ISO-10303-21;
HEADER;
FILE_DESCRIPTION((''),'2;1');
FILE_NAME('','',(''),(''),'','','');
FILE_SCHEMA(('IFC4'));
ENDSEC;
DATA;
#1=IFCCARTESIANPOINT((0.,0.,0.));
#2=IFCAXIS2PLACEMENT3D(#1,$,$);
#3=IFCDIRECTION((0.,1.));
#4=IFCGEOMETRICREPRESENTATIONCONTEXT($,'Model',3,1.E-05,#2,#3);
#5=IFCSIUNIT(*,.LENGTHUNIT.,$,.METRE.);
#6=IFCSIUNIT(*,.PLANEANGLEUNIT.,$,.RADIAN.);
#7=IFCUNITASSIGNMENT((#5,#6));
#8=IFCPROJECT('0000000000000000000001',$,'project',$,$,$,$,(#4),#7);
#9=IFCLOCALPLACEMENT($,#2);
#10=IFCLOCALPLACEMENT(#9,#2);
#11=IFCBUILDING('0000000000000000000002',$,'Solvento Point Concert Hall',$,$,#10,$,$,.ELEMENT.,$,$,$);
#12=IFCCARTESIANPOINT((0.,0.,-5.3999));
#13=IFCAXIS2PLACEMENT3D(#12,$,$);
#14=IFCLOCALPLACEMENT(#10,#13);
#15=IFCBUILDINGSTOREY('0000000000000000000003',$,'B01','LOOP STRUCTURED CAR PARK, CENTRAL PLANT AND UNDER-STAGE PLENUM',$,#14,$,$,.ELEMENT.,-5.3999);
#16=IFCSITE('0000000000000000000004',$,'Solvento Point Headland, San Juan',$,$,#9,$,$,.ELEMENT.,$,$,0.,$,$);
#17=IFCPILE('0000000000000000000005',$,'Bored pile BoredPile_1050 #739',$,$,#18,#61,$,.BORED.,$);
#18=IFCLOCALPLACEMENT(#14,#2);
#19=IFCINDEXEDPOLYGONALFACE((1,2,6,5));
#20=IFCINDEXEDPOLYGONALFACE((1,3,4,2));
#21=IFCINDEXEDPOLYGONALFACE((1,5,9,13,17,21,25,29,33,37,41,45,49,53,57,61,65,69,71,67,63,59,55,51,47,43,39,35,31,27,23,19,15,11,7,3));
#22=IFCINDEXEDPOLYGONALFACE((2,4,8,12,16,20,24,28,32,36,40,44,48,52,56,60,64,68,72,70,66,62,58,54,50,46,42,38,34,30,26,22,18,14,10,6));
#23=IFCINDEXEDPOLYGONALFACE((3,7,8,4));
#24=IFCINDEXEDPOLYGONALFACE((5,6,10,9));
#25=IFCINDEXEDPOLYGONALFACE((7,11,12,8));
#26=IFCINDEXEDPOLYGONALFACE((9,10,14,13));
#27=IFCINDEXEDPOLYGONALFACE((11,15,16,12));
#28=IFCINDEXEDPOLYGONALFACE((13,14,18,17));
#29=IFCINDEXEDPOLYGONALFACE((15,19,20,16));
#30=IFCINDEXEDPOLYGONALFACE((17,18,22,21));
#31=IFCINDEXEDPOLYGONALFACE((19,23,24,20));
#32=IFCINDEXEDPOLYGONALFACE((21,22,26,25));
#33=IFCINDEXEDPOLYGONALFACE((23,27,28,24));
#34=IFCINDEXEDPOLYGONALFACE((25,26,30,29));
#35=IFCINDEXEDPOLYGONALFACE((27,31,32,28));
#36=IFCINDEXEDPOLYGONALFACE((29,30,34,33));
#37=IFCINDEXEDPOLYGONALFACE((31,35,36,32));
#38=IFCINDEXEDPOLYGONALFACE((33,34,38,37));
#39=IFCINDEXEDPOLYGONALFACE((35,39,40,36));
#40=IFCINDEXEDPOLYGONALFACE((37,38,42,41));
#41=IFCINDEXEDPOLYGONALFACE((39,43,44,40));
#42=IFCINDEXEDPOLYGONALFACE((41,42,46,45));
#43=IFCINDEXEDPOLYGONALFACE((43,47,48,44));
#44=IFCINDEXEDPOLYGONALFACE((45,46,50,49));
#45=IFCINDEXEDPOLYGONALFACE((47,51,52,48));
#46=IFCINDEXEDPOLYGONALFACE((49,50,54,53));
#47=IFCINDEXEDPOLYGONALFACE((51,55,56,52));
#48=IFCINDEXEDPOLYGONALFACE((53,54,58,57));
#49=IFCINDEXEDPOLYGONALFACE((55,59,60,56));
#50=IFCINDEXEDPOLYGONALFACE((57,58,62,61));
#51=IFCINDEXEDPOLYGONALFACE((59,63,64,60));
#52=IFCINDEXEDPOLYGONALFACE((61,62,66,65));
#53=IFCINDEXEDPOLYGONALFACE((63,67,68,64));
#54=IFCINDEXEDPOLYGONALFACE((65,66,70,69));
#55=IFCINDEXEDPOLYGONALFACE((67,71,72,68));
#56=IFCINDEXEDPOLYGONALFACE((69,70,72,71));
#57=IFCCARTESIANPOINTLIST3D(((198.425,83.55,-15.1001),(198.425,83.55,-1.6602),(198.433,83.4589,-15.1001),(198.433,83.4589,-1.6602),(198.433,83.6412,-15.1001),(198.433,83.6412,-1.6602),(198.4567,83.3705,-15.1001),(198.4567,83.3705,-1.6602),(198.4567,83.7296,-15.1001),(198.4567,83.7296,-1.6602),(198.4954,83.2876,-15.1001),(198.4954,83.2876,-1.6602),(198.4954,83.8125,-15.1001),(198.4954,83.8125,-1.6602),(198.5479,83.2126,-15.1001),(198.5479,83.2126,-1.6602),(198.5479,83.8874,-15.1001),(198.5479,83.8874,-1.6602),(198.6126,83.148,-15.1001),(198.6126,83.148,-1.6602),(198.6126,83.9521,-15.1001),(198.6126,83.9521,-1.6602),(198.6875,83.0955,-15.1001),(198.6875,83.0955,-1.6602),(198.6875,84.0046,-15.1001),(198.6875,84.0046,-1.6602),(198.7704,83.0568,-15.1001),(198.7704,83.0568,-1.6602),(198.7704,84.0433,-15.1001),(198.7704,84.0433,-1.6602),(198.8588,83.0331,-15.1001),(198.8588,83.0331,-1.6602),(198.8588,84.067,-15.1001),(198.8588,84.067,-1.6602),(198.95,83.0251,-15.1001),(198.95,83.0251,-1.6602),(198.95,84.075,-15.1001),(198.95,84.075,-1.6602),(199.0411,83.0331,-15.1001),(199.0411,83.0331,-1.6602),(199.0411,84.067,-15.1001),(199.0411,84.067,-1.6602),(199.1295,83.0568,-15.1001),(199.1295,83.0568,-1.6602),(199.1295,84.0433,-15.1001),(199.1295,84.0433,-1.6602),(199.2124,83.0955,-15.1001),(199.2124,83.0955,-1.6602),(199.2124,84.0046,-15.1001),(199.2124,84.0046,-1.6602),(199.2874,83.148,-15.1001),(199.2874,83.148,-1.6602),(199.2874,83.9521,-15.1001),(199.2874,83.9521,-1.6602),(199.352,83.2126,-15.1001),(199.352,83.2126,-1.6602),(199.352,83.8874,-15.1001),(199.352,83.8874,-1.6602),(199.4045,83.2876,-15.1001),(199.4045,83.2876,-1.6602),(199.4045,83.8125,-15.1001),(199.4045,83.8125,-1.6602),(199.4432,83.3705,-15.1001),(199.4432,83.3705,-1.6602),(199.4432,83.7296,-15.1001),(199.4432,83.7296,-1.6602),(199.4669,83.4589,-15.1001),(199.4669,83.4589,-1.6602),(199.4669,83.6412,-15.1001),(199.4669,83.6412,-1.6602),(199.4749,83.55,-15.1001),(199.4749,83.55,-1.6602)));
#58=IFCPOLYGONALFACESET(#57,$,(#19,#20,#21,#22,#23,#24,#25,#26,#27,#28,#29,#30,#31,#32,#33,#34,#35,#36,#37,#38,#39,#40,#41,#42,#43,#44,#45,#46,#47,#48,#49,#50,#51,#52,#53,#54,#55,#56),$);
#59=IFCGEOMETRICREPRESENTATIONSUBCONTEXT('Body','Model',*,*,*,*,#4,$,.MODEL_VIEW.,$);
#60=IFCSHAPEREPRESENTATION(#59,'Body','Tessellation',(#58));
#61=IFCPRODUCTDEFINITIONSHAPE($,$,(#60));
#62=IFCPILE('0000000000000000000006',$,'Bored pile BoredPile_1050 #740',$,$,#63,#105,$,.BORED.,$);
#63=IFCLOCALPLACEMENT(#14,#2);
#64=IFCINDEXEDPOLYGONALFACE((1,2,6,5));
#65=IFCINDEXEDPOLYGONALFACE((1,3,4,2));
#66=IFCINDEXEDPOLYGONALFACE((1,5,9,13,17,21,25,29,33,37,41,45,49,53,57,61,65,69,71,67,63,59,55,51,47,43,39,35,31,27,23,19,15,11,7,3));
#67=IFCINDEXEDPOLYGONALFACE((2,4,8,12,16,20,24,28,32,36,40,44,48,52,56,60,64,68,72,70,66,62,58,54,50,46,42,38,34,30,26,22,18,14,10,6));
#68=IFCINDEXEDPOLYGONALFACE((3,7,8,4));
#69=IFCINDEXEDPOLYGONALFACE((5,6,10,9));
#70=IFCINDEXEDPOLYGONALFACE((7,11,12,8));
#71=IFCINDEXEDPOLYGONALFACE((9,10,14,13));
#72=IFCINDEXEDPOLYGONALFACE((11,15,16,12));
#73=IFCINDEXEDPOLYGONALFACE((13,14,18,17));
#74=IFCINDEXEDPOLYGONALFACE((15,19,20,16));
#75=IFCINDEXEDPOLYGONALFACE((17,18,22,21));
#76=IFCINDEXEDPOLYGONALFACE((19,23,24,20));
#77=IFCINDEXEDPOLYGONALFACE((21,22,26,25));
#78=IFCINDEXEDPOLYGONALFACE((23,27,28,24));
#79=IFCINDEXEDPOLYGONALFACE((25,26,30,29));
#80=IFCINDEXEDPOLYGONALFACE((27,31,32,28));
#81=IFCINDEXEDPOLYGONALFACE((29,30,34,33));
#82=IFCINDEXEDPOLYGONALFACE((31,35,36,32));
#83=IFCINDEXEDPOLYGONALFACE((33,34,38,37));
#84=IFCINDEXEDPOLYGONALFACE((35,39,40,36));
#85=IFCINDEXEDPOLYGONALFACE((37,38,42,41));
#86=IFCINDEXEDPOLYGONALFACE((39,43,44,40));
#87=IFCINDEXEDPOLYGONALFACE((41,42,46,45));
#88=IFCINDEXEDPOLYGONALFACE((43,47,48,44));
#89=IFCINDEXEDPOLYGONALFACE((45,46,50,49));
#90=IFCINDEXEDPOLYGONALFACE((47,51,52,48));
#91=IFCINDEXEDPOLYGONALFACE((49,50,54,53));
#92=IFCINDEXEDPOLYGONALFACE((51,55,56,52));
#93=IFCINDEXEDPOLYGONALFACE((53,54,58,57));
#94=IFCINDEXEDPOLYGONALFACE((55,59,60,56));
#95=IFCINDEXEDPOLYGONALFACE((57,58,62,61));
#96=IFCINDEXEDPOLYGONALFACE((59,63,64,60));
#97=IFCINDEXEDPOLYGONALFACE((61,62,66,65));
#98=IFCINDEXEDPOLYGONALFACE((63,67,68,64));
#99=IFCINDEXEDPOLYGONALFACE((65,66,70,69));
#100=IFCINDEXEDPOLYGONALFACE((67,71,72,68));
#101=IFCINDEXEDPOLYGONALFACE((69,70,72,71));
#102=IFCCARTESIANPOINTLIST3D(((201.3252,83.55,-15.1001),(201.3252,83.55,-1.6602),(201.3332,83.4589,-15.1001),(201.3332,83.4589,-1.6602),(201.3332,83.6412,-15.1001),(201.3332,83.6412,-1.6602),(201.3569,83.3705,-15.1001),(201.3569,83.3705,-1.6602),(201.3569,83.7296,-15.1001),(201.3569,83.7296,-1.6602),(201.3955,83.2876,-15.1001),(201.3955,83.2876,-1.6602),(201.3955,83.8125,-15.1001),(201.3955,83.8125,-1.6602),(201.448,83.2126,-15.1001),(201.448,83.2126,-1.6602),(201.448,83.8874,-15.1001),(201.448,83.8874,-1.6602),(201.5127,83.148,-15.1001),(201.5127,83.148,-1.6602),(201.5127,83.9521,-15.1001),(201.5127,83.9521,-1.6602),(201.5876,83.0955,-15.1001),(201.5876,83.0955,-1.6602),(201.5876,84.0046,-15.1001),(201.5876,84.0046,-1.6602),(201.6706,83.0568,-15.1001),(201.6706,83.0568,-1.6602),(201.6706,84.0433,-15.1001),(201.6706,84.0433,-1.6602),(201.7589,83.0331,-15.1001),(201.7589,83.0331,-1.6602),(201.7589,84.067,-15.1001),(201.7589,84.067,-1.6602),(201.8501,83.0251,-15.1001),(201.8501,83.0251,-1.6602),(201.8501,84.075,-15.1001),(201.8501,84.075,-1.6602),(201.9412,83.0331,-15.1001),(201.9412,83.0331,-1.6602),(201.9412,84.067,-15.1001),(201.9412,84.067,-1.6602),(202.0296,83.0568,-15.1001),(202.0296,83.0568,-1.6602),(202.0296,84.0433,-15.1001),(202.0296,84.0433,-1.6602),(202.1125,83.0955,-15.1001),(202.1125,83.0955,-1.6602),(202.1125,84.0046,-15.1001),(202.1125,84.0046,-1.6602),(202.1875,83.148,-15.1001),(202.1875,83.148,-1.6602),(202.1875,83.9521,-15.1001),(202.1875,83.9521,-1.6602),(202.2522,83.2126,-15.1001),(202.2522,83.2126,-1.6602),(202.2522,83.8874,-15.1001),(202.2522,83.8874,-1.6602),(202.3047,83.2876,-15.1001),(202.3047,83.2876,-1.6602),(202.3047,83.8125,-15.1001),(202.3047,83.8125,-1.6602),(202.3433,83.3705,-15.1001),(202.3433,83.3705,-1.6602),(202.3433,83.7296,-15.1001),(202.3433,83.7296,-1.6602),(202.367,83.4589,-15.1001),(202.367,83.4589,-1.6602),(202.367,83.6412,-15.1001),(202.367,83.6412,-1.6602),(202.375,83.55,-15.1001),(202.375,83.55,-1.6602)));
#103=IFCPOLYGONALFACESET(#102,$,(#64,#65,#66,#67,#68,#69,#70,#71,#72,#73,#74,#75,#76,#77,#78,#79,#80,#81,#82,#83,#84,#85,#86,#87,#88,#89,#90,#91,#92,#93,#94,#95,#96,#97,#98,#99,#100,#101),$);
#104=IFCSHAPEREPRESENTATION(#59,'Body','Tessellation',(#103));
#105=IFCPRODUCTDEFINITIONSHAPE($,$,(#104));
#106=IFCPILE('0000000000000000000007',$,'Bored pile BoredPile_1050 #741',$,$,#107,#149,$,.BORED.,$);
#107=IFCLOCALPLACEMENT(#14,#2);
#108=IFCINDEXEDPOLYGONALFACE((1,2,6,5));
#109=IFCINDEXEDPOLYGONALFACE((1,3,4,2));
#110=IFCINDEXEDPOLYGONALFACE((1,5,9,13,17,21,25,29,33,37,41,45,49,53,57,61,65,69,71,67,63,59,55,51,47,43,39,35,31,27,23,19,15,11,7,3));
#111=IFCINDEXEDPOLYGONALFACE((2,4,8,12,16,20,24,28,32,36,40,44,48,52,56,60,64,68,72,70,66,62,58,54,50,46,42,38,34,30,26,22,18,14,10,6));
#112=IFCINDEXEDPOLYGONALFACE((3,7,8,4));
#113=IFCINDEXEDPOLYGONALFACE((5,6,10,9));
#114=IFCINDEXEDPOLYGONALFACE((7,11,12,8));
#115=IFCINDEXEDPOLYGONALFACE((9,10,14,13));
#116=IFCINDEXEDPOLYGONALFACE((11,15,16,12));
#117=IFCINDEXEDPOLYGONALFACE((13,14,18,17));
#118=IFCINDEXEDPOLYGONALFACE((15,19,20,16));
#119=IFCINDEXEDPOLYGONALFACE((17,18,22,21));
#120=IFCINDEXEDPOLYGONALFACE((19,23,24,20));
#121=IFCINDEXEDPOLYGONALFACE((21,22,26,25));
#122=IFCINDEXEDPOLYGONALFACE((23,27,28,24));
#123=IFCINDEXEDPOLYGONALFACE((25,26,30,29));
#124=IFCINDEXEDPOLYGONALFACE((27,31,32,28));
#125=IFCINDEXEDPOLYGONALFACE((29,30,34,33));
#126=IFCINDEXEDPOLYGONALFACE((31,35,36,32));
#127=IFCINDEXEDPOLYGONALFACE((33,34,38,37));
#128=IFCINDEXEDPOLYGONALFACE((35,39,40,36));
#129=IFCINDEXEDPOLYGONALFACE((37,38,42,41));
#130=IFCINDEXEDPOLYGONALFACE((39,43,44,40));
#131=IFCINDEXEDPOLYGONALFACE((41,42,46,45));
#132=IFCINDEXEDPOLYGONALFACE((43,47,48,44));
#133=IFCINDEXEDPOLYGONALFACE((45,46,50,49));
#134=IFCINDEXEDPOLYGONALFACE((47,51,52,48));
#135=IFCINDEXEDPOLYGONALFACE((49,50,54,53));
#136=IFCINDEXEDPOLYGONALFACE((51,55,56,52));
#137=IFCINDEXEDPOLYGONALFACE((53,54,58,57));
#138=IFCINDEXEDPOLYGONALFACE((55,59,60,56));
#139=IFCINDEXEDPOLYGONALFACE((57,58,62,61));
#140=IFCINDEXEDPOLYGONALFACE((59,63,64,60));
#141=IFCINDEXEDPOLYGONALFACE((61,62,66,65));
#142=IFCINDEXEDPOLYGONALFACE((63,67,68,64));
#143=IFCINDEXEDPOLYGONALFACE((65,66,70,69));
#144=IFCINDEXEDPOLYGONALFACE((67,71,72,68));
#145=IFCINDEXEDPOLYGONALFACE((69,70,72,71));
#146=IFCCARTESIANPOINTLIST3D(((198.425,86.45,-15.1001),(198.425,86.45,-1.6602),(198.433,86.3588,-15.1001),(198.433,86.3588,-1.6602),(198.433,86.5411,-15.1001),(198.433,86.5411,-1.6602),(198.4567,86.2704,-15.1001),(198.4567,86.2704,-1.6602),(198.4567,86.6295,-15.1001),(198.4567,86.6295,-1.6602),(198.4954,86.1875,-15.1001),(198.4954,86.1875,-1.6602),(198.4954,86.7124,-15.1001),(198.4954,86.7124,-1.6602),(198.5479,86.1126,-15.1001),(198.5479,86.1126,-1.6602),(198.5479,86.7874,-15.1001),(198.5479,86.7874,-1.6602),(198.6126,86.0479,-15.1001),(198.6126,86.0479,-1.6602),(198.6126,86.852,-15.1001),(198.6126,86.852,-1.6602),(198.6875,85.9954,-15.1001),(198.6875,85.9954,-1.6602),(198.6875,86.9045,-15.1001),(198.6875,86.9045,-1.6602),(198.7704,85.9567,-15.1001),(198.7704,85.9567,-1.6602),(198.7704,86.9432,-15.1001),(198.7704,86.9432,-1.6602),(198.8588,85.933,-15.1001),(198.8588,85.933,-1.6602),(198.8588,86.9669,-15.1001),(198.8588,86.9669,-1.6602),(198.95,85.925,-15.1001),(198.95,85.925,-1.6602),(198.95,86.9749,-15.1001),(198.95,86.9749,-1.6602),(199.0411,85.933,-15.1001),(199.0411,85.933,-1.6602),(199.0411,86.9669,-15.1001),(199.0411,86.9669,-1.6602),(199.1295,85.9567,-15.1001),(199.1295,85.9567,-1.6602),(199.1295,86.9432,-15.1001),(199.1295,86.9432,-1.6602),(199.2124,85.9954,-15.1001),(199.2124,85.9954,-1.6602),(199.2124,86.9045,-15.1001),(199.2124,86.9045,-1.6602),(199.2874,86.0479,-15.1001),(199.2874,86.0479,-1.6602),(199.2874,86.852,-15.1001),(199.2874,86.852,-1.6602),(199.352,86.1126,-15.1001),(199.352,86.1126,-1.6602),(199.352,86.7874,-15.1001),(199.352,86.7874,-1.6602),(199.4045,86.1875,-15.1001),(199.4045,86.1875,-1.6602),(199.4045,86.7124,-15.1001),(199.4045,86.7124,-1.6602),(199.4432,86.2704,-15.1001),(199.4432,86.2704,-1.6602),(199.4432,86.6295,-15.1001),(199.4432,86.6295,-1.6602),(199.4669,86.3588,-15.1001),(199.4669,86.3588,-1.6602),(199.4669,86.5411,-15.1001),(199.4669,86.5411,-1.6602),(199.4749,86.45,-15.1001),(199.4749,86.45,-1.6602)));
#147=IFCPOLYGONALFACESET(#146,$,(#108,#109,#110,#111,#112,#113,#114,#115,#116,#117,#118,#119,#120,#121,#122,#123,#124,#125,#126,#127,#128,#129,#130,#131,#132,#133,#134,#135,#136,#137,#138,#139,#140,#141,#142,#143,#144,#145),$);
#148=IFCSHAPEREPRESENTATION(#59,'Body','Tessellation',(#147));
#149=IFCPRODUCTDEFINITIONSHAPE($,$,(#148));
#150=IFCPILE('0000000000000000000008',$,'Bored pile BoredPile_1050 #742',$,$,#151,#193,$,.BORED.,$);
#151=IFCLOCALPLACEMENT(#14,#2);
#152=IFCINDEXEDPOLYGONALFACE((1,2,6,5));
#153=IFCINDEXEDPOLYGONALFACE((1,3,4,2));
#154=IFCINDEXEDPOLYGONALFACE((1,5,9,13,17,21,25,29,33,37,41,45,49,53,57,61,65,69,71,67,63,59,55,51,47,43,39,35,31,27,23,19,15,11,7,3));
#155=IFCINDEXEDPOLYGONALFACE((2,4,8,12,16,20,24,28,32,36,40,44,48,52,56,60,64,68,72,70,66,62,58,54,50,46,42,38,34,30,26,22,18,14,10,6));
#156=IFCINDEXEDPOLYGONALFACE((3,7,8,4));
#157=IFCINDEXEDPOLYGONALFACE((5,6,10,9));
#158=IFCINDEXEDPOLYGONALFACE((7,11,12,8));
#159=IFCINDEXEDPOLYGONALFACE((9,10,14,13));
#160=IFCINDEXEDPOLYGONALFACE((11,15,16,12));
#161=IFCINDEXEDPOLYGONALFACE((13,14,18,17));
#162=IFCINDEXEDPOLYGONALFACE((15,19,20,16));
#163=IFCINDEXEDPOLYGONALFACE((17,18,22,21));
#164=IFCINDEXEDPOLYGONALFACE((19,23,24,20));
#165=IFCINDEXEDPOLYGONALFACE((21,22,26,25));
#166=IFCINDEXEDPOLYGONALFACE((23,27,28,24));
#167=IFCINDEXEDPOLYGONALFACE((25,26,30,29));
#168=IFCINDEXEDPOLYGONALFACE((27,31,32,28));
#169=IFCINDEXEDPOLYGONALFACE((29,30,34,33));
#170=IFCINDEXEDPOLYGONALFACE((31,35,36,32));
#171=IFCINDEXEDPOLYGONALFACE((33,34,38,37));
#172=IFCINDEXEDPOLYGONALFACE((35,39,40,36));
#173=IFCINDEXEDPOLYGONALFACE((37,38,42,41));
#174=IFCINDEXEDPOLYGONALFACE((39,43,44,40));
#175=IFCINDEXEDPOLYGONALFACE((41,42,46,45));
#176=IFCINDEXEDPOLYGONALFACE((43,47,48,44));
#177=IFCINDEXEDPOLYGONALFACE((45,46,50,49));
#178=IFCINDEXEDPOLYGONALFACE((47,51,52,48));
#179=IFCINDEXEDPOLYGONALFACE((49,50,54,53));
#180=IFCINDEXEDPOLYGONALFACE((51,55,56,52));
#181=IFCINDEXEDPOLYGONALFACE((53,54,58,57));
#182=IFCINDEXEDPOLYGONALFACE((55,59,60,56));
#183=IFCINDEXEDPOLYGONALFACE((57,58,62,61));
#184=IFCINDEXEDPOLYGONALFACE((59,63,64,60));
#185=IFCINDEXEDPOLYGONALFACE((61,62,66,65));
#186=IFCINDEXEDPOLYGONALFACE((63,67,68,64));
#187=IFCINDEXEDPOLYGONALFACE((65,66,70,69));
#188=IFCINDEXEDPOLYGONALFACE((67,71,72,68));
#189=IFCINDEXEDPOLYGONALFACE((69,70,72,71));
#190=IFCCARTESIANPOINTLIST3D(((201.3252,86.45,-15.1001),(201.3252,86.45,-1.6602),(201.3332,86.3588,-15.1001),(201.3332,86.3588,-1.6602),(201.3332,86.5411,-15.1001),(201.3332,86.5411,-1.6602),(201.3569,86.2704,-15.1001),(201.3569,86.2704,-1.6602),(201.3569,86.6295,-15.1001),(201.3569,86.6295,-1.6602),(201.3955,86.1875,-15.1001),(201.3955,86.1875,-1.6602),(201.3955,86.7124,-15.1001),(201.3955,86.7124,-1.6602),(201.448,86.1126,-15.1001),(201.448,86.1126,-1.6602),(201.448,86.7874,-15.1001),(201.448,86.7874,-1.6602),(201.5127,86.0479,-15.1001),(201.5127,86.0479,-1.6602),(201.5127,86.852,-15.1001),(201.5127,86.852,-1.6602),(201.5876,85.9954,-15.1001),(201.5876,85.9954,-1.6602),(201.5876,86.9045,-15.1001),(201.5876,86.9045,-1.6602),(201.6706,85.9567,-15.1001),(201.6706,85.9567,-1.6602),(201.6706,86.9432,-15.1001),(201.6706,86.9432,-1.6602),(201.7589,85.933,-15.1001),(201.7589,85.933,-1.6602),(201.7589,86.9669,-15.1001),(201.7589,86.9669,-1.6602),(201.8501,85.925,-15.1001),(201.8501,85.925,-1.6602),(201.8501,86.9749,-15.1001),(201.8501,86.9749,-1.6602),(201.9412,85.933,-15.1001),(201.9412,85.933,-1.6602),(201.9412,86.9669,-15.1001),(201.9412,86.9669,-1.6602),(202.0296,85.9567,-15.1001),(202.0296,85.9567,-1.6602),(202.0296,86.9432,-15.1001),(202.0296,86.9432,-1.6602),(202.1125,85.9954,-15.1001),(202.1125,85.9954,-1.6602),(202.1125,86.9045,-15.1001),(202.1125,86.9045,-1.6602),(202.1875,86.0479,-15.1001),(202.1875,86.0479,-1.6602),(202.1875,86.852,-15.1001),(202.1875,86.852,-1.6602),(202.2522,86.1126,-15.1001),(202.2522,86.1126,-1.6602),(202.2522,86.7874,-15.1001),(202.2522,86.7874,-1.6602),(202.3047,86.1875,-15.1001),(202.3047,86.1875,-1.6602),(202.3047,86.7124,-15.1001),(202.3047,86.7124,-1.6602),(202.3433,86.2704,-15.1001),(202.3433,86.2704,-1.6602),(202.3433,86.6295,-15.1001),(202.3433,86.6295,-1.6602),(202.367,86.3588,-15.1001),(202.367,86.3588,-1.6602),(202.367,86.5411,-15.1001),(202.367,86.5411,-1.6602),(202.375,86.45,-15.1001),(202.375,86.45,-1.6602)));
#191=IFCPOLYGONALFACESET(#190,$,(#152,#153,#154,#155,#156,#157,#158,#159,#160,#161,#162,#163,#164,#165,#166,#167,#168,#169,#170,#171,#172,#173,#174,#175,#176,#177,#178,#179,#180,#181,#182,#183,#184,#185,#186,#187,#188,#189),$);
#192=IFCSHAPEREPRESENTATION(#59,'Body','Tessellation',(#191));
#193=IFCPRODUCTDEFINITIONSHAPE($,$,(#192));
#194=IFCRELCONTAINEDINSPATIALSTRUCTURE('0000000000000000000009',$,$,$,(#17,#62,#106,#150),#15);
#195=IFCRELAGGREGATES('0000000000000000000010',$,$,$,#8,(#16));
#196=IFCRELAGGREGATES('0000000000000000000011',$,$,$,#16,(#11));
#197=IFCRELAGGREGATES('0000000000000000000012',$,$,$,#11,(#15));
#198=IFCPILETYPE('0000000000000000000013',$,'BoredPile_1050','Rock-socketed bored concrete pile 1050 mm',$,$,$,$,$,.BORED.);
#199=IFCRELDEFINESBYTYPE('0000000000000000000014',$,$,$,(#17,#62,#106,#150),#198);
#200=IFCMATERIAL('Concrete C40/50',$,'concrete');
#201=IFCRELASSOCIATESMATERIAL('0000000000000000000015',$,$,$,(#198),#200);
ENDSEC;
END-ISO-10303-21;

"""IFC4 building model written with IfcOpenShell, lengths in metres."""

from ifc_helpers import new_model, si_unit, direction, frame, origin, origin_2d, place, context, subcontext, project, spatial, circle, extrude, material, material_profile, profile_set, type_object, element, save


model = new_model("IFC4")

# Units and contexts
model_context = context("Model", 3, precision=1e-05, world=origin(), true_north=direction((0.0, 1.0)))
body_context = subcontext(model_context, "Body", "Model", "MODEL_VIEW")
ifc_project = project(units=[si_unit("LENGTHUNIT", "METRE"), si_unit("PLANEANGLEUNIT", "RADIAN")], contexts=[model_context])

# Site, building, storey
site_placement = place(None, origin())
site = spatial("IfcSite", under=ifc_project, at=site_placement, Name="Solvento Point Headland, San Juan", CompositionType="ELEMENT", RefElevation=0.0)
building_placement = place(site_placement, origin())
building = spatial("IfcBuilding", under=site, at=building_placement, Name="Solvento Point Concert Hall", CompositionType="ELEMENT")
storey_placement = place(building_placement, frame((0.0, 0.0, -5.3999)))
storey = spatial("IfcBuildingStorey", under=building, at=storey_placement, Name="B01", Description="LOOP STRUCTURED CAR PARK, CENTRAL PLANT AND UNDER-STAGE PLENUM", CompositionType="ELEMENT", Elevation=-5.3999)

# Piles
ifc_material_1 = material(Name="Concrete C40/50", Category="concrete")
ifc_material_profile_1 = material_profile(ifc_material_1, circle(Radius=0.5249, at=origin_2d()), Name="BP-1050")
ifc_profile_set_1 = profile_set([ifc_material_profile_1], Name="Concrete C40/50")
pile_type_1 = type_object("IfcPileType", Name="BoredPile_1050", Description="Rock-socketed bored concrete pile 1050 mm", PredefinedType="BORED", material=ifc_profile_set_1)
for number, where, z_axis, x_axis, name in (
    (1, (198.95, 83.55, -1.6602), (0.0, 0.0, -1.0), (1.0, 0.0, 0.0), "Bored pile BoredPile_1050 #739"),
    (2, (201.8501, 83.55, -1.6602), (0.0, 0.0, -1.0), (1.0, 0.0, 0.0), "Bored pile BoredPile_1050 #740"),
    (3, (198.95, 86.45, -1.6602), (0.0, 0.0, -1.0), (1.0, 0.0, 0.0), "Bored pile BoredPile_1050 #741"),
    (4, (201.8501, 86.45, -1.6602), (0.0, 0.0, -1.0), (1.0, 0.0, 0.0), "Bored pile BoredPile_1050 #742"),
):
    element("IfcPile", number, at=place(storey_placement, frame(where, z_axis=z_axis, x_axis=x_axis)), inside=storey, type_object=pile_type_1, Name=name, PredefinedType="BORED", context=body_context, shape_type="SweptSolid", body=[
        extrude(circle(Radius=0.5249, at=origin_2d()), origin(), (0.0, 0.0, 1.0), 13.4399),
    ])

save(model, "model.ifc")
